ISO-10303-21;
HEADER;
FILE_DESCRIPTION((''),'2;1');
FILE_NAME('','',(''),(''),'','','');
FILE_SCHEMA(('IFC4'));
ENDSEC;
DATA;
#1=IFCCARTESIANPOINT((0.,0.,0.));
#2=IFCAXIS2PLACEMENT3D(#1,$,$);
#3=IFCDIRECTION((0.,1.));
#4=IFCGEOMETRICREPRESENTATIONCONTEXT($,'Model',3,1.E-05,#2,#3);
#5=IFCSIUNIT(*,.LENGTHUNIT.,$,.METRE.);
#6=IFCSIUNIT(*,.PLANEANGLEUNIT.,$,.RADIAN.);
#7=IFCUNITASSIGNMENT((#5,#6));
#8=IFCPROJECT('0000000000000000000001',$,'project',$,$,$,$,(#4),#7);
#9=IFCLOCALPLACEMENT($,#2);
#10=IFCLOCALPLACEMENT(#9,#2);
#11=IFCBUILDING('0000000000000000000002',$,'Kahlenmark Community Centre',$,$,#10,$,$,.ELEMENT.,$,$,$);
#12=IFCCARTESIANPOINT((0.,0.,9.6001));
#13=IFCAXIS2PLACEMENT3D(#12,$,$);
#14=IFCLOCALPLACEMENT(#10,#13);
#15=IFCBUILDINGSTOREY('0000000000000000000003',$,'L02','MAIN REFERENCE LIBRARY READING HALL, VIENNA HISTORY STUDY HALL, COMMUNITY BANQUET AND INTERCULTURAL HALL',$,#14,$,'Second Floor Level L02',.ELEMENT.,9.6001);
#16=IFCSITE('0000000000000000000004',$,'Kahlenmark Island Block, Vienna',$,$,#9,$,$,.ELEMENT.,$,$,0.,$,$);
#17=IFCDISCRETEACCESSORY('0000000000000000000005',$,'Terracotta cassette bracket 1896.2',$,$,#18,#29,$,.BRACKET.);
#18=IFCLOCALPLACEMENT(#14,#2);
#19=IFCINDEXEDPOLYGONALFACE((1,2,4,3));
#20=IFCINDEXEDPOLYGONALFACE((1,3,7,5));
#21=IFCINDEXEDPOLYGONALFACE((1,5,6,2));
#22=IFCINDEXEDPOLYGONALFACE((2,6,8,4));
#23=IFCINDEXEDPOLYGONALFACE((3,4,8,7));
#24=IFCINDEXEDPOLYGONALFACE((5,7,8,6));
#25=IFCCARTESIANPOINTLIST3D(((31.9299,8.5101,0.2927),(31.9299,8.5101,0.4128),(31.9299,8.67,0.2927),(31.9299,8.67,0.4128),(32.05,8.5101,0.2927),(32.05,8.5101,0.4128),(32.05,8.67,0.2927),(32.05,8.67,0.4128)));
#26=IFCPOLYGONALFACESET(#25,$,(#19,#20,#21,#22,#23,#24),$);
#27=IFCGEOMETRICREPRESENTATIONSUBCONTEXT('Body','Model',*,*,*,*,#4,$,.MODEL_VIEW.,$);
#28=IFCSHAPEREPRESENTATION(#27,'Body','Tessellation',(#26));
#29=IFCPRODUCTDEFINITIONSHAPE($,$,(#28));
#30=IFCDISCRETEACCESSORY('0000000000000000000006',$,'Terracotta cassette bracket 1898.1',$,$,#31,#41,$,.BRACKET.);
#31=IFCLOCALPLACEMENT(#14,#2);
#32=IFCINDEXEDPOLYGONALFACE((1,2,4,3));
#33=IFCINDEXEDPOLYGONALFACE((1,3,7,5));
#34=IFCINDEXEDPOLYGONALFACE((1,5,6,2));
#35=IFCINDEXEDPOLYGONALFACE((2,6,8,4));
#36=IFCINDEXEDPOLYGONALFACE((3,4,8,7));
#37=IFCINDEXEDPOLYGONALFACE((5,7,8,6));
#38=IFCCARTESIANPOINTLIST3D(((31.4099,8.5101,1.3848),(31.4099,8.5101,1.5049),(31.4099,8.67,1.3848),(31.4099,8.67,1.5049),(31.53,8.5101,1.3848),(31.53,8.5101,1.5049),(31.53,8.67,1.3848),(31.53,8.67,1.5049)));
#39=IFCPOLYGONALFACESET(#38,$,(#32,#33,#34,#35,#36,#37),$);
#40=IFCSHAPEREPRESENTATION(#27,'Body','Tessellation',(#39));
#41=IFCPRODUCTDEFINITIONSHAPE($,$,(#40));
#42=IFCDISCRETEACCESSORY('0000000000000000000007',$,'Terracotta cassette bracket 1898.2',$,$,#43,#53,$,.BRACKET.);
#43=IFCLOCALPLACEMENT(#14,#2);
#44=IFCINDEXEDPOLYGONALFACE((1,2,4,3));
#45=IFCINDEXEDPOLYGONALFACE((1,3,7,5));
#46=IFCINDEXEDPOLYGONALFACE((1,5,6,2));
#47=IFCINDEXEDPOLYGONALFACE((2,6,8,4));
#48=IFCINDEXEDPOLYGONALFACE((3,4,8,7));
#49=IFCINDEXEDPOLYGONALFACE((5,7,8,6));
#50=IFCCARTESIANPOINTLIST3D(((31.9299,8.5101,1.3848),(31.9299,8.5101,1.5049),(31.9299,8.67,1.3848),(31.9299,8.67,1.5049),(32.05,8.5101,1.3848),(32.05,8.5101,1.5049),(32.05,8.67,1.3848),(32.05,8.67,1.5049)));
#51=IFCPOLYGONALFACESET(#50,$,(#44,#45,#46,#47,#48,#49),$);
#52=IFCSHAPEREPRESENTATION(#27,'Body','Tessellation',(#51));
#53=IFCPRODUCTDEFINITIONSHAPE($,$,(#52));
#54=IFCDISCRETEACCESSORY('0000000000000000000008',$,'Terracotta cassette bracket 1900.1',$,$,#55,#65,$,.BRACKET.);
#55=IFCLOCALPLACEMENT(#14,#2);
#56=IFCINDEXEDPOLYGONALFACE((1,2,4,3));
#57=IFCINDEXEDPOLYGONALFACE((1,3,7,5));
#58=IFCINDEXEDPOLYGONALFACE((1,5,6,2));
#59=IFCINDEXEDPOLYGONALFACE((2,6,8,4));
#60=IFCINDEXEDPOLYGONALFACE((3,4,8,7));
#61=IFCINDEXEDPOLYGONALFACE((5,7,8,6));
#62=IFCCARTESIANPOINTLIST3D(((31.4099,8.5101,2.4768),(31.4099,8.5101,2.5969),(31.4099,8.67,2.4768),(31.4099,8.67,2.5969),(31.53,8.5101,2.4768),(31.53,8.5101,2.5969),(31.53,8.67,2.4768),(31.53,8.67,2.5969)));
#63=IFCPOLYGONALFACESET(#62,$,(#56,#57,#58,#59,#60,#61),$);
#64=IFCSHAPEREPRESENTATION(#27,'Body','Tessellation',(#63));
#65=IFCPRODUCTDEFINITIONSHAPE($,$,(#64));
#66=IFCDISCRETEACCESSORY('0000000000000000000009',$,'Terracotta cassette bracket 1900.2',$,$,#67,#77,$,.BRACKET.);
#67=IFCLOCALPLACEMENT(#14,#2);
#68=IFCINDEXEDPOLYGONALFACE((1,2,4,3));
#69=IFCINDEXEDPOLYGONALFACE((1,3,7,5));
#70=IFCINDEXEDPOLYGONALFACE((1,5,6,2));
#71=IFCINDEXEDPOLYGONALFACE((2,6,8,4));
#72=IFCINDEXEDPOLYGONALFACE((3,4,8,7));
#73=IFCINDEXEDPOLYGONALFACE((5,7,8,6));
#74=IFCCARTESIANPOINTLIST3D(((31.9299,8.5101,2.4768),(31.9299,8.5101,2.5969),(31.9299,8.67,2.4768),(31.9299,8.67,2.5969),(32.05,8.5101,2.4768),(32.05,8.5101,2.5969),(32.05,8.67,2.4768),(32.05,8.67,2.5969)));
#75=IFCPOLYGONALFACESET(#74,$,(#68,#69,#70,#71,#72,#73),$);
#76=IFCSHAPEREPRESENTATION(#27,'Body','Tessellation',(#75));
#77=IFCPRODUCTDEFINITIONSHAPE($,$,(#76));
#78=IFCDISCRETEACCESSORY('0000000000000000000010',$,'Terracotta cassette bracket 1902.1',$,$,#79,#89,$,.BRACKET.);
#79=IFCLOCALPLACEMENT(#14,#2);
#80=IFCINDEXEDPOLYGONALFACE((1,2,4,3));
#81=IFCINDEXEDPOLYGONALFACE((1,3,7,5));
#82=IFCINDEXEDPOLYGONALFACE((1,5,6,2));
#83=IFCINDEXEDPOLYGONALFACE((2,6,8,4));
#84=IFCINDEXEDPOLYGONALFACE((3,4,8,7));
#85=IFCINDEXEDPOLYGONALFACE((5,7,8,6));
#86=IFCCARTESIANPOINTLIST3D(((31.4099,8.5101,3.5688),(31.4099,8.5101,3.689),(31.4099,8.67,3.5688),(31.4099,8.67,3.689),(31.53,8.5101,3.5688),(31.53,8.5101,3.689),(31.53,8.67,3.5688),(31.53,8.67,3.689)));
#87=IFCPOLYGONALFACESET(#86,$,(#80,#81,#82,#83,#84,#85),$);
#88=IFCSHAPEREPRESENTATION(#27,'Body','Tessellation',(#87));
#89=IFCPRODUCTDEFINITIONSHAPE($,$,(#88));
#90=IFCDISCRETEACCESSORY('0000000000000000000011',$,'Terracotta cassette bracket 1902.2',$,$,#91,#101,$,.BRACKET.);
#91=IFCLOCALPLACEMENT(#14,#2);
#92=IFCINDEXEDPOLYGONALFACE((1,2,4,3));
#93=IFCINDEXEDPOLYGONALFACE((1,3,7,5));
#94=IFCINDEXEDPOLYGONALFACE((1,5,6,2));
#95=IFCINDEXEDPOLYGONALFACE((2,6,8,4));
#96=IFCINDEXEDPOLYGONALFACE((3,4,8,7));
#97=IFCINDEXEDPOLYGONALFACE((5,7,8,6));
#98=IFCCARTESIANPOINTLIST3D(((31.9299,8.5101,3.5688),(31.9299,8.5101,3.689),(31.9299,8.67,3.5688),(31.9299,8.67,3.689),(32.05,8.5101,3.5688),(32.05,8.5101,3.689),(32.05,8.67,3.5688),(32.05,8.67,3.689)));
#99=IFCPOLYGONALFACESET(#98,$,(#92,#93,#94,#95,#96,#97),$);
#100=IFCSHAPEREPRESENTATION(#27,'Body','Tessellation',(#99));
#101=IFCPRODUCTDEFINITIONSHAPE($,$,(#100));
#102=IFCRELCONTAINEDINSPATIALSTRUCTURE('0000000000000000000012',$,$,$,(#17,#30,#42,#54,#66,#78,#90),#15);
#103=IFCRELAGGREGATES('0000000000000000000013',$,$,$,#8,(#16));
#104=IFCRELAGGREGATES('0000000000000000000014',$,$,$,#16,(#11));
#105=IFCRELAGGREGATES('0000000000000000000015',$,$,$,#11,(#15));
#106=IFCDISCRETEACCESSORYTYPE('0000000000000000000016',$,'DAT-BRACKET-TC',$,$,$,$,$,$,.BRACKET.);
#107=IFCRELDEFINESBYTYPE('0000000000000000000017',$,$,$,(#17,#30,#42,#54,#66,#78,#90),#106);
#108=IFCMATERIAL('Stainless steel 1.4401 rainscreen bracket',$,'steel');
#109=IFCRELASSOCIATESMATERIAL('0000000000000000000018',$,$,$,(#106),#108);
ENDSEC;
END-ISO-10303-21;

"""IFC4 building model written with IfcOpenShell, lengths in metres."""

from ifc_helpers import new_model, si_unit, direction, frame, origin, origin_2d, place, context, subcontext, project, spatial, rectangle, extrude, material, type_object, element, save


model = new_model("IFC4")

# Units and contexts
model_context = context("Model", 3, precision=1e-05, world=origin(), true_north=direction((0.0, 1.0)))
body_context = subcontext(model_context, "Body", "Model", "MODEL_VIEW")
ifc_project = project(units=[si_unit("LENGTHUNIT", "METRE"), si_unit("PLANEANGLEUNIT", "RADIAN")], contexts=[model_context])

# Site, building, storey
site_placement = place(None, origin())
site = spatial("IfcSite", under=ifc_project, at=site_placement, Name="Kahlenmark Island Block, Vienna", CompositionType="ELEMENT", RefElevation=0.0)
building_placement = place(site_placement, origin())
building = spatial("IfcBuilding", under=site, at=building_placement, Name="Kahlenmark Community Centre", CompositionType="ELEMENT")
storey_placement = place(building_placement, frame((0.0, 0.0, 9.6001)))
storey = spatial("IfcBuildingStorey", under=building, at=storey_placement, Name="L02", Description="MAIN REFERENCE LIBRARY READING HALL, VIENNA HISTORY STUDY HALL, COMMUNITY BANQUET AND INTERCULTURAL HALL", LongName="Second Floor Level L02", CompositionType="ELEMENT", Elevation=9.6001)

# Discrete accessories
ifc_material_1 = material(Name="Stainless steel 1.4401 rainscreen bracket", Category="steel")
discrete_accessory_type = type_object("IfcDiscreteAccessoryType", Name="DAT-BRACKET-TC", PredefinedType="BRACKET", material=ifc_material_1)
for number, where, z_axis, x_axis, name in (
    (1, (31.99, 8.5901, 0.2927), (0.0, 0.0, 1.0), (1.0, 0.0, 0.0), "Terracotta cassette bracket 1896.2"),
    (2, (31.47, 8.5901, 1.3848), (0.0, 0.0, 1.0), (1.0, 0.0, 0.0), "Terracotta cassette bracket 1898.1"),
    (3, (31.99, 8.5901, 1.3848), (0.0, 0.0, 1.0), (1.0, 0.0, 0.0), "Terracotta cassette bracket 1898.2"),
    (4, (31.47, 8.5901, 2.4768), (0.0, 0.0, 1.0), (1.0, 0.0, 0.0), "Terracotta cassette bracket 1900.1"),
    (5, (31.99, 8.5901, 2.4768), (0.0, 0.0, 1.0), (1.0, 0.0, 0.0), "Terracotta cassette bracket 1900.2"),
    (6, (31.47, 8.5901, 3.5688), (0.0, 0.0, 1.0), (1.0, 0.0, 0.0), "Terracotta cassette bracket 1902.1"),
    (7, (31.99, 8.5901, 3.5688), (0.0, 0.0, 1.0), (1.0, 0.0, 0.0), "Terracotta cassette bracket 1902.2"),
):
    element("IfcDiscreteAccessory", number, at=place(storey_placement, frame(where, z_axis=z_axis, x_axis=x_axis)), inside=storey, type_object=discrete_accessory_type, Name=name, PredefinedType="BRACKET", context=body_context, shape_type="SweptSolid", body=[
        extrude(rectangle(XDim=0.1201, YDim=0.1599, at=origin_2d()), origin(), (0.0, 0.0, 1.0), 0.1201),
    ])

save(model, "model.ifc")
